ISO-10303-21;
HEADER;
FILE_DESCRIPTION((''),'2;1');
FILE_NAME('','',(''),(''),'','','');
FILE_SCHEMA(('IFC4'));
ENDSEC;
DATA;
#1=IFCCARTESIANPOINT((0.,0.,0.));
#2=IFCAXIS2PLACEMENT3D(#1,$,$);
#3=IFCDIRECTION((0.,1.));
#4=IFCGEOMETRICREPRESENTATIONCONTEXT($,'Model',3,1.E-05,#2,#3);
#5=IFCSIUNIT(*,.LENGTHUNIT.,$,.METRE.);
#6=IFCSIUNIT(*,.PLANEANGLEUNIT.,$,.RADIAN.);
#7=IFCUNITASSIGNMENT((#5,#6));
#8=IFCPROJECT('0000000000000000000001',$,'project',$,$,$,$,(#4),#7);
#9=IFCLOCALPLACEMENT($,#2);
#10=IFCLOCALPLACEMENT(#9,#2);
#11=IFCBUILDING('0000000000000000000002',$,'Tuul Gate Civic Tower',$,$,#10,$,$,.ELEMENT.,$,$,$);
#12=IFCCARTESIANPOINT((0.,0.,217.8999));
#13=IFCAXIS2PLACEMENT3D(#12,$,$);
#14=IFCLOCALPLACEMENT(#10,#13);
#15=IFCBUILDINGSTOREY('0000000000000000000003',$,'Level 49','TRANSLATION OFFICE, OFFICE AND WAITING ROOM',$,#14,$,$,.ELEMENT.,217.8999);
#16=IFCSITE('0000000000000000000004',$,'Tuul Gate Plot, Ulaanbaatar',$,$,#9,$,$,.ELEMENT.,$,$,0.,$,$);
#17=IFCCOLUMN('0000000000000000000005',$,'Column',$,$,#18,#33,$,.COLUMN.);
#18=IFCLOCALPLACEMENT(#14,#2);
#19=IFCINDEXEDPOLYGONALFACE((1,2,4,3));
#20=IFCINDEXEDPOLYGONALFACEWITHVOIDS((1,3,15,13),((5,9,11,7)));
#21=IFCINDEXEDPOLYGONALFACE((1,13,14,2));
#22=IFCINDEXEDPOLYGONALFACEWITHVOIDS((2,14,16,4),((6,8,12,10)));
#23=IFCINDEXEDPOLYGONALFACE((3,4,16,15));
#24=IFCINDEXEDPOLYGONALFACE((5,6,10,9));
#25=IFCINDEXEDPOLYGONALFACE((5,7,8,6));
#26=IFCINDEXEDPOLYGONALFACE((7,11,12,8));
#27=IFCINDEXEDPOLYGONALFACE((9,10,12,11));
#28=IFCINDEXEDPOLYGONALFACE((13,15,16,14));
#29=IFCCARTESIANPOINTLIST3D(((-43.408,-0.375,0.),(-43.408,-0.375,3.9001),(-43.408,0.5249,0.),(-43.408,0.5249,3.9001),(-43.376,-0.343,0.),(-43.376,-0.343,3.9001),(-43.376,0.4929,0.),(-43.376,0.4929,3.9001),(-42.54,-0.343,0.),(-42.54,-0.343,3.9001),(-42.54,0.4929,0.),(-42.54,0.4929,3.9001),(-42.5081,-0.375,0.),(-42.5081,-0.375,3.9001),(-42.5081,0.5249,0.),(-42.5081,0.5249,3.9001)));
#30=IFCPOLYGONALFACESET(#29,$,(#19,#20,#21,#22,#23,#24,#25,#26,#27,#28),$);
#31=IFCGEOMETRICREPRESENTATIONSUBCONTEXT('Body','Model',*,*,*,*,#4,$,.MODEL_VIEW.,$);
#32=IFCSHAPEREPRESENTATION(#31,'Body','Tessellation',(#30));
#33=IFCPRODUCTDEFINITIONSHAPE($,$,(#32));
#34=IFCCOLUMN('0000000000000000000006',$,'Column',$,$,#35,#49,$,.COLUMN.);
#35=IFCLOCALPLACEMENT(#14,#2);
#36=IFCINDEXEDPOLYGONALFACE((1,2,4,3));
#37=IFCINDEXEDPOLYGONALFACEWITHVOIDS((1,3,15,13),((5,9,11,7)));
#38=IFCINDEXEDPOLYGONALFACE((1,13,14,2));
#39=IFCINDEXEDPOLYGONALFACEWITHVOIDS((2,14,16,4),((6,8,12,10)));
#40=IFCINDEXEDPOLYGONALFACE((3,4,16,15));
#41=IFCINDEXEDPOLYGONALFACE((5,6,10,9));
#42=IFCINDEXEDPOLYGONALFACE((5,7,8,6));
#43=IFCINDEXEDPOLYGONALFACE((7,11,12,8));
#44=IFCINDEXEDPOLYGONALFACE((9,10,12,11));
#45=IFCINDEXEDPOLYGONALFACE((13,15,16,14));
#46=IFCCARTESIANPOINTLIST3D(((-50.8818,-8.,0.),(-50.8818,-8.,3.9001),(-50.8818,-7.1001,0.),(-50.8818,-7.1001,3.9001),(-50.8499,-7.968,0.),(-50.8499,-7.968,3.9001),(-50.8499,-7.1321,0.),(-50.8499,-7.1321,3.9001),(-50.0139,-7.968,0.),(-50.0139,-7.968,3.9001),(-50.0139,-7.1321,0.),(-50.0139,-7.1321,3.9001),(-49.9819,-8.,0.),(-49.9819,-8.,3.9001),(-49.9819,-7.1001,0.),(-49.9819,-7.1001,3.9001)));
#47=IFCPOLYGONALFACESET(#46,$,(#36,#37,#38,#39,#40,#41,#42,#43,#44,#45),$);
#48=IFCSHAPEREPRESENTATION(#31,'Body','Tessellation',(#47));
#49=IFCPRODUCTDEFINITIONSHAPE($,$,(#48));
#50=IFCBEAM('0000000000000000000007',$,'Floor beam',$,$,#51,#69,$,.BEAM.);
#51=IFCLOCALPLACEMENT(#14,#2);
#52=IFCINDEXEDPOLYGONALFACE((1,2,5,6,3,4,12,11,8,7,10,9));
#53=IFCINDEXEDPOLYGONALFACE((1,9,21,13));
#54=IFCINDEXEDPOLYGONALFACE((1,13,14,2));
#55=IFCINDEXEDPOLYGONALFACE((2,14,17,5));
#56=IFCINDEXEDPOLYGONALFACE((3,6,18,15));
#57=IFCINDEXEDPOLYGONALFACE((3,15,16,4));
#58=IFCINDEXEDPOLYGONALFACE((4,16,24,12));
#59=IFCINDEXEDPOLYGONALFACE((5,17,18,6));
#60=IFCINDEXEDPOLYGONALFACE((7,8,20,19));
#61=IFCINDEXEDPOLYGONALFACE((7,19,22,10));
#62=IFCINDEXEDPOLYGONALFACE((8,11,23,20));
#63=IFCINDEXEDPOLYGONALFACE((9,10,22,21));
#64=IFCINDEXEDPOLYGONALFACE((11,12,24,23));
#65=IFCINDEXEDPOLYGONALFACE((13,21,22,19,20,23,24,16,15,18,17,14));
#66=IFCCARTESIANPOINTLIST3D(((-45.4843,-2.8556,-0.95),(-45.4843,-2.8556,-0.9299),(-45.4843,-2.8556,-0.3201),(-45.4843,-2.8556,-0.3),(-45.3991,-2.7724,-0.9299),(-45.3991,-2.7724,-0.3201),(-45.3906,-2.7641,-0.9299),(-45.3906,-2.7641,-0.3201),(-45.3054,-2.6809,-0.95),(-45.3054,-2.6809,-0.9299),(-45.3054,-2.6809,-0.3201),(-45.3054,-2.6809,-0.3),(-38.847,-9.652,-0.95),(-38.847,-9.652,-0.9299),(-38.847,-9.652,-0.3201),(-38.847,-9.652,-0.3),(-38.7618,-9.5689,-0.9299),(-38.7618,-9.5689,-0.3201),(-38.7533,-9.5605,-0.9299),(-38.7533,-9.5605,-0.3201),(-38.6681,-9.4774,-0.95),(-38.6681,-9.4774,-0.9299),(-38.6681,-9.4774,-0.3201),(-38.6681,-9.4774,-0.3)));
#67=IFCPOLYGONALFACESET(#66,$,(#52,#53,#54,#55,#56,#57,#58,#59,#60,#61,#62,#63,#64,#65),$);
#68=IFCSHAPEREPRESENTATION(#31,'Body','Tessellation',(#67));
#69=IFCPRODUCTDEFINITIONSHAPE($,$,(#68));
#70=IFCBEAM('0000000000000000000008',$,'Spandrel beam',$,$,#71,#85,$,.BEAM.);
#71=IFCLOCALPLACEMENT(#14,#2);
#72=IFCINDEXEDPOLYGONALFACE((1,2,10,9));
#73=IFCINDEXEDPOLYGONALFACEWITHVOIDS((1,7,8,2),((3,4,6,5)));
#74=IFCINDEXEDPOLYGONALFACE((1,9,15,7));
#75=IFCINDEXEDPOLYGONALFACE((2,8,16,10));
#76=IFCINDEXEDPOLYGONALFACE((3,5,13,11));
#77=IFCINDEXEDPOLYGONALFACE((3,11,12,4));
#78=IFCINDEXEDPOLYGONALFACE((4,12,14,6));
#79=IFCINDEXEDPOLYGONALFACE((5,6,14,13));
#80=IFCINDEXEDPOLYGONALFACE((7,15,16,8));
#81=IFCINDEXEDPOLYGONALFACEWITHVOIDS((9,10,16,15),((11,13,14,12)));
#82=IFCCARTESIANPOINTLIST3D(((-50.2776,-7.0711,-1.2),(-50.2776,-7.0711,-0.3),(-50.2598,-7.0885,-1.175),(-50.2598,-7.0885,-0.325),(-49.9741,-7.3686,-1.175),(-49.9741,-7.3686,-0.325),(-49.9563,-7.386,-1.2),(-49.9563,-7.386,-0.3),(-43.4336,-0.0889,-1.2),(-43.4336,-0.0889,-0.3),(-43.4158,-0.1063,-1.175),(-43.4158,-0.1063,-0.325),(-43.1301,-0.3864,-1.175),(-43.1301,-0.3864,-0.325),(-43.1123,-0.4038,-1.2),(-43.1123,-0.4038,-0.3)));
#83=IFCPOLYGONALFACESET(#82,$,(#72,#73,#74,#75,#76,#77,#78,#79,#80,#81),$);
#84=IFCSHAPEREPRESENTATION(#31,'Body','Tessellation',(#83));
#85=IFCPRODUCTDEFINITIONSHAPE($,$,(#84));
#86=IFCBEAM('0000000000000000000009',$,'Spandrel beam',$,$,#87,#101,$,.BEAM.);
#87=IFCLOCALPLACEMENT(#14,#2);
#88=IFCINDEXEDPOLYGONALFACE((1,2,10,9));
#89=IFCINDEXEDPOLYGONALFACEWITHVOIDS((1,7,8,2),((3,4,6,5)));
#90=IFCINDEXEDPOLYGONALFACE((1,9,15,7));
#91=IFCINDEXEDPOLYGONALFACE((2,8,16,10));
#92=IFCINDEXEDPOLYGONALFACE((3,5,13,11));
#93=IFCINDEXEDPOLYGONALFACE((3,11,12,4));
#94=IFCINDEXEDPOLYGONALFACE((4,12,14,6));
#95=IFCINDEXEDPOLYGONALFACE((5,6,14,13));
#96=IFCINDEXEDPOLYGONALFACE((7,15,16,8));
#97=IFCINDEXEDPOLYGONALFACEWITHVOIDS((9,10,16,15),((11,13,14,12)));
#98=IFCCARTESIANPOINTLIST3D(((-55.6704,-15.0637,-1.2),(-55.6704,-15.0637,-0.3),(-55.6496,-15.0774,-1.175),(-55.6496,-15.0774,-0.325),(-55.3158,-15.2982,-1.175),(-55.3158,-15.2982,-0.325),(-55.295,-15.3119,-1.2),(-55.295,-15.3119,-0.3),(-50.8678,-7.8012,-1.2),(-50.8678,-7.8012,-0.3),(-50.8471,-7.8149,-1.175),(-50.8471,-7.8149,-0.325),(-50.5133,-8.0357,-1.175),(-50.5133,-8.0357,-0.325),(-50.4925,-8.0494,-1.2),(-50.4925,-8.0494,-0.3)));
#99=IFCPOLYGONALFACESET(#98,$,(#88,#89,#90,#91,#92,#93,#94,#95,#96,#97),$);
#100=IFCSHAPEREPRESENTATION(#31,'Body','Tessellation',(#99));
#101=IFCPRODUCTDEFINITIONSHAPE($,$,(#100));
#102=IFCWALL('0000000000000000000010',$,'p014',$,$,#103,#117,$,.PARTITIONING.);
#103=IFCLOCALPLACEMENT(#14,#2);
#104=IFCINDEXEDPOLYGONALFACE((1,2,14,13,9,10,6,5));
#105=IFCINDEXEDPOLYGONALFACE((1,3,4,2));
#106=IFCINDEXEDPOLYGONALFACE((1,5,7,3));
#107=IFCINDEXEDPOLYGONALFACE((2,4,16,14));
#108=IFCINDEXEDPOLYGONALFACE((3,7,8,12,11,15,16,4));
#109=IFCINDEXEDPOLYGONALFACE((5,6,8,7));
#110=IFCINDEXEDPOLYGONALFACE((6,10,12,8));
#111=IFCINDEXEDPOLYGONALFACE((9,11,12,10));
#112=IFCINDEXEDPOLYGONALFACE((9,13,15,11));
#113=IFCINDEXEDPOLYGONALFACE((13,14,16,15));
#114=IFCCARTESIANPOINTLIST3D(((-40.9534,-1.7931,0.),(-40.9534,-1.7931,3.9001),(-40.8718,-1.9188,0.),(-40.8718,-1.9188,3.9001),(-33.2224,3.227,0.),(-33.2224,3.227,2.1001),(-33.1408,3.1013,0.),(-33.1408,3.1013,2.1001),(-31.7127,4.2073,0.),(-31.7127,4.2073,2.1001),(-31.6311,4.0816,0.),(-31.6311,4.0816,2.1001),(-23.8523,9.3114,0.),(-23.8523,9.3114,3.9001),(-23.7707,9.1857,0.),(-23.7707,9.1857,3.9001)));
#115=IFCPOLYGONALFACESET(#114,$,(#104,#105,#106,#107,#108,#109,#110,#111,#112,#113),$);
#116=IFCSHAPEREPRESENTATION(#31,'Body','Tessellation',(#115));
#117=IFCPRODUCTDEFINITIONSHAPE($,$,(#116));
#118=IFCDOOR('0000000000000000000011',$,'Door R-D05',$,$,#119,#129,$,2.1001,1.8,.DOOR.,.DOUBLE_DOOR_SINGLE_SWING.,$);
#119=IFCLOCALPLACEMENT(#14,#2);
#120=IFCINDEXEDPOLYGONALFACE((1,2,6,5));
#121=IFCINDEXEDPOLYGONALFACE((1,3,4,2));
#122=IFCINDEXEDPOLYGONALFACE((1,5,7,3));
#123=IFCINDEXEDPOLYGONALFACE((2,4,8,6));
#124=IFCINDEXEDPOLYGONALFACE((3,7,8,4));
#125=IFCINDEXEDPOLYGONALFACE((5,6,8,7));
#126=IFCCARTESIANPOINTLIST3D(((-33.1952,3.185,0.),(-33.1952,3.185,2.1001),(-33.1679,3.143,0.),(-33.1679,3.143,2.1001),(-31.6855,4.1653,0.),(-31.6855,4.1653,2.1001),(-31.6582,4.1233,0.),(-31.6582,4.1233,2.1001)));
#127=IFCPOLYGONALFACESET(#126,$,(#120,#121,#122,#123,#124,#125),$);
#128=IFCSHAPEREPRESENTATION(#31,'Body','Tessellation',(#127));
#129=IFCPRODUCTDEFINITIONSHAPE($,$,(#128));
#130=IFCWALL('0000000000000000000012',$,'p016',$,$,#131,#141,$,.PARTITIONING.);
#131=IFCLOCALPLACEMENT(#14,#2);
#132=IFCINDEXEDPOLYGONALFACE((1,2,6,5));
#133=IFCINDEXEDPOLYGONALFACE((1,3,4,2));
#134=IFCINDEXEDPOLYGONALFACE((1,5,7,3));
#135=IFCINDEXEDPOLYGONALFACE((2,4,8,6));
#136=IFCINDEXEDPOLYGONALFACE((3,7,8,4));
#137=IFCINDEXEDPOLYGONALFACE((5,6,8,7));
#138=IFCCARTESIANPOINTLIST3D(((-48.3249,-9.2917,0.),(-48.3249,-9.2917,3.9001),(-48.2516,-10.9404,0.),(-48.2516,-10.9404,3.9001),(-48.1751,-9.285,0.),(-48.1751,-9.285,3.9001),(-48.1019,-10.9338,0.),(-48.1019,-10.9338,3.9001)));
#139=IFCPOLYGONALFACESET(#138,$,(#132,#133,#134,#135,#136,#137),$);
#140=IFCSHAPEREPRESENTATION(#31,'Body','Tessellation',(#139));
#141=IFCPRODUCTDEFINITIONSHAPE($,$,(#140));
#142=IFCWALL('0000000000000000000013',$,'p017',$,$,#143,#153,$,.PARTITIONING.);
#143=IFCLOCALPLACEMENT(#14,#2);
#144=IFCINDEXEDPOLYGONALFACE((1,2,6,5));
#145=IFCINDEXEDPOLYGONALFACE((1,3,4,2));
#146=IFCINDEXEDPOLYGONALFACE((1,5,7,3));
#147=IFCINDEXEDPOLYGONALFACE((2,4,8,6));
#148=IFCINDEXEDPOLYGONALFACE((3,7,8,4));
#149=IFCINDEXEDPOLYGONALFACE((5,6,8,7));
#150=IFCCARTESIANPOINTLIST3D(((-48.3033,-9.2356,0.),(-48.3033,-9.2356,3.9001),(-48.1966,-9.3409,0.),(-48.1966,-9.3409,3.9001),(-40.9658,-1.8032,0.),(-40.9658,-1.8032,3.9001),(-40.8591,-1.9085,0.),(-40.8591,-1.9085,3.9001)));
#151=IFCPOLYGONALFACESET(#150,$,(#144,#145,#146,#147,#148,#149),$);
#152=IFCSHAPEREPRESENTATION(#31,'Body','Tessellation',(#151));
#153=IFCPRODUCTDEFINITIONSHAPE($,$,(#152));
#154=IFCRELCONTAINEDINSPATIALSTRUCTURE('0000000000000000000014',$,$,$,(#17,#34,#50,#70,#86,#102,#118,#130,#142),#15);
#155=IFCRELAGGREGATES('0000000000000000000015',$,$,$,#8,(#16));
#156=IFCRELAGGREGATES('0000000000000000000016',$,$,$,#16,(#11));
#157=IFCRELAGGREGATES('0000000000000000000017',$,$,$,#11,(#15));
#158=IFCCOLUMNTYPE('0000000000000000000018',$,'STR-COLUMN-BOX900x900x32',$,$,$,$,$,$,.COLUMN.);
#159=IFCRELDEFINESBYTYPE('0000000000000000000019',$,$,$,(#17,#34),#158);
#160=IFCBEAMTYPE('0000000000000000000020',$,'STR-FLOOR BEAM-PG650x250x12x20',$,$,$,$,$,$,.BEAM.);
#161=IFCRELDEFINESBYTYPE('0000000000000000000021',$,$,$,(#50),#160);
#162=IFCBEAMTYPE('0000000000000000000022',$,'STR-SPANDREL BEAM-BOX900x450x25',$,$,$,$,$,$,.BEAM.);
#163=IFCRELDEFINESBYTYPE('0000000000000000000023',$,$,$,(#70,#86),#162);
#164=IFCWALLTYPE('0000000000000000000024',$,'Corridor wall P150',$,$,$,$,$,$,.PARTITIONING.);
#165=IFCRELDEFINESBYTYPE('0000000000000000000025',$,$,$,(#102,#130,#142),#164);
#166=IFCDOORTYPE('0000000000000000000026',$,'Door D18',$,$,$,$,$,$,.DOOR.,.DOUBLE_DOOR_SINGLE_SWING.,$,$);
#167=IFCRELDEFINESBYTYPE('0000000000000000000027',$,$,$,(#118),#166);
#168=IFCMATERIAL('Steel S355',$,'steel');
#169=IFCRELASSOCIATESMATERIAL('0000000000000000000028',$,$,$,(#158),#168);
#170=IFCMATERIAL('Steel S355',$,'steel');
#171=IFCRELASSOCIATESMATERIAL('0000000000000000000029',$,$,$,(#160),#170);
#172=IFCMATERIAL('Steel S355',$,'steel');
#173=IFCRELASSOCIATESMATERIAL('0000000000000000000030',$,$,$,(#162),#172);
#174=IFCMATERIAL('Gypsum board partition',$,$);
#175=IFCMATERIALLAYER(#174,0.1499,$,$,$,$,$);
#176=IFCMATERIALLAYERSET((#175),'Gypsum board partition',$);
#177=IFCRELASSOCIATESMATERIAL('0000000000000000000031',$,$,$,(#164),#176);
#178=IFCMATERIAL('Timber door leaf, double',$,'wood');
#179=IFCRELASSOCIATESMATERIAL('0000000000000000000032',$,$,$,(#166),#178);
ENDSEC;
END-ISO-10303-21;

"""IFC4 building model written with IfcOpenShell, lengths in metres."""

from ifc_helpers import new_model, si_unit, direction, frame, frame_2d, origin, origin_2d, place, context, subcontext, project, spatial, rectangle, hollow_rectangle, i_section, extrude, material, layer, layer_set, material_profile, profile_set, type_object, element, fill, save


model = new_model("IFC4")

# Units and contexts
model_context = context("Model", 3, precision=1e-05, world=origin(), true_north=direction((0.0, 1.0)))
body_context = subcontext(model_context, "Body", "Model", "MODEL_VIEW")
ifc_project = project(units=[si_unit("LENGTHUNIT", "METRE"), si_unit("PLANEANGLEUNIT", "RADIAN")], contexts=[model_context])

# Site, building, storey
site_placement = place(None, origin())
site = spatial("IfcSite", under=ifc_project, at=site_placement, Name="Tuul Gate Plot, Ulaanbaatar", CompositionType="ELEMENT", RefElevation=0.0)
building_placement = place(site_placement, origin())
building = spatial("IfcBuilding", under=site, at=building_placement, Name="Tuul Gate Civic Tower", CompositionType="ELEMENT")
storey_placement = place(building_placement, frame((0.0, 0.0, 217.8999)))
storey = spatial("IfcBuildingStorey", under=building, at=storey_placement, Name="Level 49", Description="TRANSLATION OFFICE, OFFICE AND WAITING ROOM", CompositionType="ELEMENT", Elevation=217.8999)

# Columns
ifc_material_1 = material(Name="Steel S355", Category="steel")
ifc_material_profile_1 = material_profile(ifc_material_1, hollow_rectangle(XDim=0.8999, YDim=0.8999, WallThickness=0.032, at=origin_2d()), Name="BOX900x900x32")
ifc_profile_set_1 = profile_set([ifc_material_profile_1], Name="Steel S355")
column_type = type_object("IfcColumnType", Name="STR-COLUMN-BOX900x900x32", PredefinedType="COLUMN", material=ifc_profile_set_1)
for number, where, z_axis, x_axis, name in (
    (1, (-42.958, 0.075, 0.0), (0.0, 0.0, 1.0), (1.0, 0.0, 0.0), "Column"),
    (2, (-50.4319, -7.55, 0.0), (0.0, 0.0, 1.0), (1.0, 0.0, 0.0), "Column"),
):
    element("IfcColumn", number, at=place(storey_placement, frame(where, z_axis=z_axis, x_axis=x_axis)), inside=storey, type_object=column_type, Name=name, PredefinedType="COLUMN", context=body_context, shape_type="SweptSolid", body=[
        extrude(hollow_rectangle(XDim=0.8999, YDim=0.8999, WallThickness=0.032, at=origin_2d()), origin(), (0.0, 0.0, 1.0), 3.9001),
    ])

# Beams
ifc_material_2 = material(Name="Steel S355", Category="steel")
ifc_material_profile_2 = material_profile(ifc_material_2, i_section(OverallWidth=0.25, OverallDepth=0.6499, WebThickness=0.012, FlangeThickness=0.02, at=origin_2d()), Name="PG650x250x12x20")
ifc_profile_set_2 = profile_set([ifc_material_profile_2], Name="Steel S355")
beam_type_1 = type_object("IfcBeamType", Name="STR-FLOOR BEAM-PG650x250x12x20", PredefinedType="BEAM", material=ifc_profile_set_2)
beam_1_placement = place(storey_placement, frame((-38.7576, -9.5647, -0.625), z_axis=(-0.698679, 0.715435, 0.0), x_axis=(-0.715435, -0.698679, 0.0)))
element("IfcBeam", 3, at=beam_1_placement, inside=storey, type_object=beam_type_1, Name="Floor beam", PredefinedType="BEAM", context=body_context, shape_type="SweptSolid", body=[
    extrude(i_section(OverallWidth=0.25, OverallDepth=0.6499, WebThickness=0.012, FlangeThickness=0.02, at=origin_2d()), origin(), (0.0, 0.0, 1.0), 9.4998),
])
ifc_material_3 = material(Name="Steel S355", Category="steel")
ifc_material_profile_3 = material_profile(ifc_material_3, hollow_rectangle(XDim=0.45, YDim=0.8999, WallThickness=0.0249, at=origin_2d()), Name="BOX900x450x25")
ifc_profile_set_3 = profile_set([ifc_material_profile_3], Name="Steel S355")
beam_type_2 = type_object("IfcBeamType", Name="STR-SPANDREL BEAM-BOX900x450x25", PredefinedType="BEAM", material=ifc_profile_set_3)
beam_2_placement = place(storey_placement, frame((-43.2729, -0.2463, -0.75), z_axis=(-0.700005, -0.714138, 0.0), x_axis=(0.714138, -0.700005, 0.0)))
element("IfcBeam", 4, at=beam_2_placement, inside=storey, type_object=beam_type_2, Name="Spandrel beam", PredefinedType="BEAM", context=body_context, shape_type="SweptSolid", body=[
    extrude(hollow_rectangle(XDim=0.45, YDim=0.8999, WallThickness=0.0249, at=origin_2d()), origin(), (0.0, 0.0, 1.0), 9.7771),
])
beam_3_placement = place(storey_placement, frame((-50.6802, -7.9253, -0.75), z_axis=(-0.551584, -0.834119, 0.0), x_axis=(0.834119, -0.551584, 0.0)))
element("IfcBeam", 5, at=beam_3_placement, inside=storey, type_object=beam_type_2, Name="Spandrel beam", PredefinedType="BEAM", context=body_context, shape_type="SweptSolid", body=[
    extrude(hollow_rectangle(XDim=0.45, YDim=0.8999, WallThickness=0.0249, at=origin_2d()), origin(), (0.0, 0.0, 1.0), 8.7068),
])

# Wall, opening, door
ifc_material_4 = material(Name="Gypsum board partition")
ifc_layer_1 = layer(ifc_material_4, 0.1499)
ifc_layer_set_1 = layer_set([ifc_layer_1], Name="Gypsum board partition")
wall_type_1 = type_object("IfcWallType", Name="Corridor wall P150", PredefinedType="PARTITIONING", material=ifc_layer_set_1)
wall_1_placement = place(storey_placement, frame((-40.9126, -1.856, 0.0), z_axis=(0.0, 0.0, 1.0), x_axis=(0.838695, 0.544602, 0.0)))
wall_1 = element("IfcWall", 6, at=wall_1_placement, inside=storey, type_object=wall_type_1, Name="p014", PredefinedType="PARTITIONING", context=body_context, shape_type="SweptSolid", body=[
    extrude(rectangle(XDim=20.3901, YDim=0.1499, at=frame_2d((10.1951, 0.0))), origin(), (0.0, 0.0, 1.0), 3.9001),
])
opening_1_placement = place(wall_1_placement, frame((9.218, 0.0, 0.0)))
opening_1 = element("IfcOpeningElement", 7, at=opening_1_placement, cuts=wall_1, PredefinedType="OPENING", context=body_context, shape_type="SweptSolid", body=[
    extrude(rectangle(XDim=1.8, YDim=2.1001, at=frame_2d((0.8999, 1.05))), frame((0.0, 0.085, 0.0), z_axis=(0.0, -1.0, 0.0), x_axis=(1.0, 0.0, 0.0)), (0.0, 0.0, 1.0), 0.1699),
])
ifc_material_5 = material(Name="Timber door leaf, double", Category="wood")
door_type_1 = type_object("IfcDoorType", Name="Door D18", OperationType="DOUBLE_DOOR_SINGLE_SWING", PredefinedType="DOOR", material=ifc_material_5)
door_1_placement = place(opening_1_placement, origin())
door_1 = element("IfcDoor", 8, at=door_1_placement, inside=storey, type_object=door_type_1, Name="Door R-D05", OperationType="DOUBLE_DOOR_SINGLE_SWING", OverallHeight=2.1001, OverallWidth=1.8, PredefinedType="DOOR", context=body_context, shape_type="SweptSolid", body=[
    extrude(rectangle(XDim=1.8, YDim=2.1001, at=frame_2d((0.8999, 1.05))), frame((0.0, 0.0249, 0.0), z_axis=(0.0, -1.0, 0.0), x_axis=(1.0, 0.0, 0.0)), (0.0, 0.0, 1.0), 0.05),
])
fill(opening_1, door_1)

# Walls
wall_2_placement = place(storey_placement, frame((-48.25, -9.2883, 0.0), z_axis=(0.0, 0.0, 1.0), x_axis=(0.044381, -0.999015, 0.0)))
element("IfcWall", 9, at=wall_2_placement, inside=storey, type_object=wall_type_1, Name="p016", PredefinedType="PARTITIONING", context=body_context, shape_type="SweptSolid", body=[
    extrude(rectangle(XDim=1.6504, YDim=0.1499, at=frame_2d((0.8252, 0.0))), origin(), (0.0, 0.0, 1.0), 3.9001),
])
wall_3_placement = place(storey_placement, frame((-48.25, -9.2883, 0.0), z_axis=(0.0, 0.0, 1.0), x_axis=(0.702546, 0.711639, 0.0)))
element("IfcWall", 10, at=wall_3_placement, inside=storey, type_object=wall_type_1, Name="p017", PredefinedType="PARTITIONING", context=body_context, shape_type="SweptSolid", body=[
    extrude(rectangle(XDim=10.4441, YDim=0.1499, at=frame_2d((5.2222, 0.0))), origin(), (0.0, 0.0, 1.0), 3.9001),
])

save(model, "model.ifc")
